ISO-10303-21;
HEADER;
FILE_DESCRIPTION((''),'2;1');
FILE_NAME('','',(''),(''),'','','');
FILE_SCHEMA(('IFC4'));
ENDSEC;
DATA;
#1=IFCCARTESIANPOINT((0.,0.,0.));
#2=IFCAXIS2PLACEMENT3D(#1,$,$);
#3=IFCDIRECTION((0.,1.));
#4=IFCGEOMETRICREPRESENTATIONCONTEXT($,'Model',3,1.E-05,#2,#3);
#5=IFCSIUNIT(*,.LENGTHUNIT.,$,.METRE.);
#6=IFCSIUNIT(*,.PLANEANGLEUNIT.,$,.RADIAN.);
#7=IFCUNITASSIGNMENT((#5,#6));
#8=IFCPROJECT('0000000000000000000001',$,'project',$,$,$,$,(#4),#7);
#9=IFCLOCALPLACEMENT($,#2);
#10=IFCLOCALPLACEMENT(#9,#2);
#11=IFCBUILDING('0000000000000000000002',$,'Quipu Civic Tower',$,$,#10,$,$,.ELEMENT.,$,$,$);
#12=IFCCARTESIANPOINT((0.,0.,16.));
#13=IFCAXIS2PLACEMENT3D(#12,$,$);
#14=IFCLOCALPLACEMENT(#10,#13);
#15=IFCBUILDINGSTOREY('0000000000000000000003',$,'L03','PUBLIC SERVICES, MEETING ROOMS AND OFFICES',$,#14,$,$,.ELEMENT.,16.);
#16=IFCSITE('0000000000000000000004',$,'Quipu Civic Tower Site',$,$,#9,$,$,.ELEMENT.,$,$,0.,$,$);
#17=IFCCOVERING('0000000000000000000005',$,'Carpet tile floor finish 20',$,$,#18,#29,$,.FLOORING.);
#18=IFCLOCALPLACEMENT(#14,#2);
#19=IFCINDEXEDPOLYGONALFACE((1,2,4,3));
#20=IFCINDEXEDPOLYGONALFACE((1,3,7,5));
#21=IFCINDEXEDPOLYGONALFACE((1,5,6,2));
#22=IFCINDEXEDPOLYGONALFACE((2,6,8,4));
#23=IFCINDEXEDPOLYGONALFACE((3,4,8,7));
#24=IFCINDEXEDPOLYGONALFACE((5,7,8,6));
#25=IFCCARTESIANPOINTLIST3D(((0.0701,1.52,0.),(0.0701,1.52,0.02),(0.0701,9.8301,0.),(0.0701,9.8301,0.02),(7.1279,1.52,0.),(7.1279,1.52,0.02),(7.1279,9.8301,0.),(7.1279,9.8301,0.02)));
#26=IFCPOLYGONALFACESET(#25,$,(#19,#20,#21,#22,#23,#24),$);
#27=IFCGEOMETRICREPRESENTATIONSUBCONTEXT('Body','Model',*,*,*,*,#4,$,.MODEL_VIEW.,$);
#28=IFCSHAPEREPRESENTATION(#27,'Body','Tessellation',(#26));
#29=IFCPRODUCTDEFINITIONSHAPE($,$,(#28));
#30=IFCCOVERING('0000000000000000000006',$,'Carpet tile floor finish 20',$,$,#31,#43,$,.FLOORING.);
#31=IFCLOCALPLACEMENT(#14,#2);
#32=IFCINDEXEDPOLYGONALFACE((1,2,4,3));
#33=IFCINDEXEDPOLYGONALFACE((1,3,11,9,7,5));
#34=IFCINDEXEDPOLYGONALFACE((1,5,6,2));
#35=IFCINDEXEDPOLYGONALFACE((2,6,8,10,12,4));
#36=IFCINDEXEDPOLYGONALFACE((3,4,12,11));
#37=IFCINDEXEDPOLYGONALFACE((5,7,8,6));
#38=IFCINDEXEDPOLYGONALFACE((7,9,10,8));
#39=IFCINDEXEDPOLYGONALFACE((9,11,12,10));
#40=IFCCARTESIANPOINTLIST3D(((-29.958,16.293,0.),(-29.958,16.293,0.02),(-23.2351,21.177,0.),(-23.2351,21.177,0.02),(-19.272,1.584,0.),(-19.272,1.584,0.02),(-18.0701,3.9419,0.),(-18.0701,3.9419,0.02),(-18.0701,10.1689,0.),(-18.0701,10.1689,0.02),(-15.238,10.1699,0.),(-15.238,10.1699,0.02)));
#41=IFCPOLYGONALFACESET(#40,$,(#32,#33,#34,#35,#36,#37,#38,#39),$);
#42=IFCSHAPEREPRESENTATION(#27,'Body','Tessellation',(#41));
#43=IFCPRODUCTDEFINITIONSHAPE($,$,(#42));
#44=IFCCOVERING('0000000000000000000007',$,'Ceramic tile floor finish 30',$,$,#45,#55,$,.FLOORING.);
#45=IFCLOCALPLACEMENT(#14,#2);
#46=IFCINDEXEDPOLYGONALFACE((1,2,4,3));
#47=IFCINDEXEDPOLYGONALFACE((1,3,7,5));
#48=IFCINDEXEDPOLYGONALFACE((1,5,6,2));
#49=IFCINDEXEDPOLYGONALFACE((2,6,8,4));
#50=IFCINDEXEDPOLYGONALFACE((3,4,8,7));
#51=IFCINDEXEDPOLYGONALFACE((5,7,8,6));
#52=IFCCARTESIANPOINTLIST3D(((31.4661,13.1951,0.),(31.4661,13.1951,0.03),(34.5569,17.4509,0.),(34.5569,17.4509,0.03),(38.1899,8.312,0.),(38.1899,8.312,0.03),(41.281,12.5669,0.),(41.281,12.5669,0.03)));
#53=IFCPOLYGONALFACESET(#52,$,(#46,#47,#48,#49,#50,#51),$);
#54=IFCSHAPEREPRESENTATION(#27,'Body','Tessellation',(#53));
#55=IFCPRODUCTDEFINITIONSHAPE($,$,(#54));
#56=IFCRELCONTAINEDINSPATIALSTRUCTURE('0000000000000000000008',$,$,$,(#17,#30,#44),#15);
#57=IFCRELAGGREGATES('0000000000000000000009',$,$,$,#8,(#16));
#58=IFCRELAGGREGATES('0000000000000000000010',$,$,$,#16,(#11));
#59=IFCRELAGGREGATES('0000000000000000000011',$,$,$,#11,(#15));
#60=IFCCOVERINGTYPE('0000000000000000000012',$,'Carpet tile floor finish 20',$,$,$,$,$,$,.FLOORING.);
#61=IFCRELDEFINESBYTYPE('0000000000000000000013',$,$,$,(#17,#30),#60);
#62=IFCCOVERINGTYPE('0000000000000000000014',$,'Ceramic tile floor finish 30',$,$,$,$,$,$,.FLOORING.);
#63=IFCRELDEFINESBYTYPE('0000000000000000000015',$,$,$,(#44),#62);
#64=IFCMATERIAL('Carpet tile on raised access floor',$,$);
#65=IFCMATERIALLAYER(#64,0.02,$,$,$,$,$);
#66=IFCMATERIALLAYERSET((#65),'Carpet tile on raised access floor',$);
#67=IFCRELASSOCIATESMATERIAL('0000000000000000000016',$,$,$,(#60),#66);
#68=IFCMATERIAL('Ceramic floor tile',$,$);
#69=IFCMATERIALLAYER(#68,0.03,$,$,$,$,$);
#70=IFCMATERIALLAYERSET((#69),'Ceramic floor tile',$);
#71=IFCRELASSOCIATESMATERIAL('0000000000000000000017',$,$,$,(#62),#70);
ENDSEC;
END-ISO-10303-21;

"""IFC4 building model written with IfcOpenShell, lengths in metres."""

from ifc_helpers import new_model, si_unit, direction, frame, origin, place, context, subcontext, project, spatial, polyline, outline, extrude, material, layer, layer_set, type_object, element, save


model = new_model("IFC4")

# Units and contexts
model_context = context("Model", 3, precision=1e-05, world=origin(), true_north=direction((0.0, 1.0)))
body_context = subcontext(model_context, "Body", "Model", "MODEL_VIEW")
ifc_project = project(units=[si_unit("LENGTHUNIT", "METRE"), si_unit("PLANEANGLEUNIT", "RADIAN")], contexts=[model_context])

# Site, building, storey
site_placement = place(None, origin())
site = spatial("IfcSite", under=ifc_project, at=site_placement, Name="Quipu Civic Tower Site", CompositionType="ELEMENT", RefElevation=0.0)
building_placement = place(site_placement, origin())
building = spatial("IfcBuilding", under=site, at=building_placement, Name="Quipu Civic Tower", CompositionType="ELEMENT")
storey_placement = place(building_placement, frame((0.0, 0.0, 16.0)))
storey = spatial("IfcBuildingStorey", under=building, at=storey_placement, Name="L03", Description="PUBLIC SERVICES, MEETING ROOMS AND OFFICES", CompositionType="ELEMENT", Elevation=16.0)

# Coverings
ifc_material_1 = material(Name="Carpet tile on raised access floor")
ifc_layer_1 = layer(ifc_material_1, 0.02)
ifc_layer_set_1 = layer_set([ifc_layer_1], Name="Carpet tile on raised access floor")
covering_type_1 = type_object("IfcCoveringType", Name="Carpet tile floor finish 20", PredefinedType="FLOORING", material=ifc_layer_set_1)
covering_1_placement = place(storey_placement, origin())
element("IfcCovering", 1, at=covering_1_placement, inside=storey, type_object=covering_type_1, Name="Carpet tile floor finish 20", PredefinedType="FLOORING", context=body_context, shape_type="SweptSolid", body=[
    extrude(outline(polyline([(0.0701, 9.8301), (7.1279, 9.8301), (7.1279, 1.52), (0.0701, 1.52), (0.0701, 9.8301)])), origin(), (0.0, 0.0, 1.0), 0.02),
])
covering_2_placement = place(storey_placement, origin())
element("IfcCovering", 2, at=covering_2_placement, inside=storey, type_object=covering_type_1, Name="Carpet tile floor finish 20", PredefinedType="FLOORING", context=body_context, shape_type="SweptSolid", body=[
    extrude(outline(polyline([(-29.958, 16.293), (-23.2351, 21.177), (-15.238, 10.1699), (-18.0701, 10.1689), (-18.0701, 3.9419), (-19.272, 1.584), (-29.958, 16.293)])), origin(), (0.0, 0.0, 1.0), 0.02),
])
ifc_material_2 = material(Name="Ceramic floor tile")
ifc_layer_2 = layer(ifc_material_2, 0.03)
ifc_layer_set_2 = layer_set([ifc_layer_2], Name="Ceramic floor tile")
covering_type_2 = type_object("IfcCoveringType", Name="Ceramic tile floor finish 30", PredefinedType="FLOORING", material=ifc_layer_set_2)
covering_3_placement = place(storey_placement, origin())
element("IfcCovering", 3, at=covering_3_placement, inside=storey, type_object=covering_type_2, Name="Ceramic tile floor finish 30", PredefinedType="FLOORING", context=body_context, shape_type="SweptSolid", body=[
    extrude(outline(polyline([(31.4661, 13.1951), (34.5569, 17.4509), (41.281, 12.5669), (38.1899, 8.312), (31.4661, 13.1951)])), origin(), (0.0, 0.0, 1.0), 0.03),
])

save(model, "model.ifc")
